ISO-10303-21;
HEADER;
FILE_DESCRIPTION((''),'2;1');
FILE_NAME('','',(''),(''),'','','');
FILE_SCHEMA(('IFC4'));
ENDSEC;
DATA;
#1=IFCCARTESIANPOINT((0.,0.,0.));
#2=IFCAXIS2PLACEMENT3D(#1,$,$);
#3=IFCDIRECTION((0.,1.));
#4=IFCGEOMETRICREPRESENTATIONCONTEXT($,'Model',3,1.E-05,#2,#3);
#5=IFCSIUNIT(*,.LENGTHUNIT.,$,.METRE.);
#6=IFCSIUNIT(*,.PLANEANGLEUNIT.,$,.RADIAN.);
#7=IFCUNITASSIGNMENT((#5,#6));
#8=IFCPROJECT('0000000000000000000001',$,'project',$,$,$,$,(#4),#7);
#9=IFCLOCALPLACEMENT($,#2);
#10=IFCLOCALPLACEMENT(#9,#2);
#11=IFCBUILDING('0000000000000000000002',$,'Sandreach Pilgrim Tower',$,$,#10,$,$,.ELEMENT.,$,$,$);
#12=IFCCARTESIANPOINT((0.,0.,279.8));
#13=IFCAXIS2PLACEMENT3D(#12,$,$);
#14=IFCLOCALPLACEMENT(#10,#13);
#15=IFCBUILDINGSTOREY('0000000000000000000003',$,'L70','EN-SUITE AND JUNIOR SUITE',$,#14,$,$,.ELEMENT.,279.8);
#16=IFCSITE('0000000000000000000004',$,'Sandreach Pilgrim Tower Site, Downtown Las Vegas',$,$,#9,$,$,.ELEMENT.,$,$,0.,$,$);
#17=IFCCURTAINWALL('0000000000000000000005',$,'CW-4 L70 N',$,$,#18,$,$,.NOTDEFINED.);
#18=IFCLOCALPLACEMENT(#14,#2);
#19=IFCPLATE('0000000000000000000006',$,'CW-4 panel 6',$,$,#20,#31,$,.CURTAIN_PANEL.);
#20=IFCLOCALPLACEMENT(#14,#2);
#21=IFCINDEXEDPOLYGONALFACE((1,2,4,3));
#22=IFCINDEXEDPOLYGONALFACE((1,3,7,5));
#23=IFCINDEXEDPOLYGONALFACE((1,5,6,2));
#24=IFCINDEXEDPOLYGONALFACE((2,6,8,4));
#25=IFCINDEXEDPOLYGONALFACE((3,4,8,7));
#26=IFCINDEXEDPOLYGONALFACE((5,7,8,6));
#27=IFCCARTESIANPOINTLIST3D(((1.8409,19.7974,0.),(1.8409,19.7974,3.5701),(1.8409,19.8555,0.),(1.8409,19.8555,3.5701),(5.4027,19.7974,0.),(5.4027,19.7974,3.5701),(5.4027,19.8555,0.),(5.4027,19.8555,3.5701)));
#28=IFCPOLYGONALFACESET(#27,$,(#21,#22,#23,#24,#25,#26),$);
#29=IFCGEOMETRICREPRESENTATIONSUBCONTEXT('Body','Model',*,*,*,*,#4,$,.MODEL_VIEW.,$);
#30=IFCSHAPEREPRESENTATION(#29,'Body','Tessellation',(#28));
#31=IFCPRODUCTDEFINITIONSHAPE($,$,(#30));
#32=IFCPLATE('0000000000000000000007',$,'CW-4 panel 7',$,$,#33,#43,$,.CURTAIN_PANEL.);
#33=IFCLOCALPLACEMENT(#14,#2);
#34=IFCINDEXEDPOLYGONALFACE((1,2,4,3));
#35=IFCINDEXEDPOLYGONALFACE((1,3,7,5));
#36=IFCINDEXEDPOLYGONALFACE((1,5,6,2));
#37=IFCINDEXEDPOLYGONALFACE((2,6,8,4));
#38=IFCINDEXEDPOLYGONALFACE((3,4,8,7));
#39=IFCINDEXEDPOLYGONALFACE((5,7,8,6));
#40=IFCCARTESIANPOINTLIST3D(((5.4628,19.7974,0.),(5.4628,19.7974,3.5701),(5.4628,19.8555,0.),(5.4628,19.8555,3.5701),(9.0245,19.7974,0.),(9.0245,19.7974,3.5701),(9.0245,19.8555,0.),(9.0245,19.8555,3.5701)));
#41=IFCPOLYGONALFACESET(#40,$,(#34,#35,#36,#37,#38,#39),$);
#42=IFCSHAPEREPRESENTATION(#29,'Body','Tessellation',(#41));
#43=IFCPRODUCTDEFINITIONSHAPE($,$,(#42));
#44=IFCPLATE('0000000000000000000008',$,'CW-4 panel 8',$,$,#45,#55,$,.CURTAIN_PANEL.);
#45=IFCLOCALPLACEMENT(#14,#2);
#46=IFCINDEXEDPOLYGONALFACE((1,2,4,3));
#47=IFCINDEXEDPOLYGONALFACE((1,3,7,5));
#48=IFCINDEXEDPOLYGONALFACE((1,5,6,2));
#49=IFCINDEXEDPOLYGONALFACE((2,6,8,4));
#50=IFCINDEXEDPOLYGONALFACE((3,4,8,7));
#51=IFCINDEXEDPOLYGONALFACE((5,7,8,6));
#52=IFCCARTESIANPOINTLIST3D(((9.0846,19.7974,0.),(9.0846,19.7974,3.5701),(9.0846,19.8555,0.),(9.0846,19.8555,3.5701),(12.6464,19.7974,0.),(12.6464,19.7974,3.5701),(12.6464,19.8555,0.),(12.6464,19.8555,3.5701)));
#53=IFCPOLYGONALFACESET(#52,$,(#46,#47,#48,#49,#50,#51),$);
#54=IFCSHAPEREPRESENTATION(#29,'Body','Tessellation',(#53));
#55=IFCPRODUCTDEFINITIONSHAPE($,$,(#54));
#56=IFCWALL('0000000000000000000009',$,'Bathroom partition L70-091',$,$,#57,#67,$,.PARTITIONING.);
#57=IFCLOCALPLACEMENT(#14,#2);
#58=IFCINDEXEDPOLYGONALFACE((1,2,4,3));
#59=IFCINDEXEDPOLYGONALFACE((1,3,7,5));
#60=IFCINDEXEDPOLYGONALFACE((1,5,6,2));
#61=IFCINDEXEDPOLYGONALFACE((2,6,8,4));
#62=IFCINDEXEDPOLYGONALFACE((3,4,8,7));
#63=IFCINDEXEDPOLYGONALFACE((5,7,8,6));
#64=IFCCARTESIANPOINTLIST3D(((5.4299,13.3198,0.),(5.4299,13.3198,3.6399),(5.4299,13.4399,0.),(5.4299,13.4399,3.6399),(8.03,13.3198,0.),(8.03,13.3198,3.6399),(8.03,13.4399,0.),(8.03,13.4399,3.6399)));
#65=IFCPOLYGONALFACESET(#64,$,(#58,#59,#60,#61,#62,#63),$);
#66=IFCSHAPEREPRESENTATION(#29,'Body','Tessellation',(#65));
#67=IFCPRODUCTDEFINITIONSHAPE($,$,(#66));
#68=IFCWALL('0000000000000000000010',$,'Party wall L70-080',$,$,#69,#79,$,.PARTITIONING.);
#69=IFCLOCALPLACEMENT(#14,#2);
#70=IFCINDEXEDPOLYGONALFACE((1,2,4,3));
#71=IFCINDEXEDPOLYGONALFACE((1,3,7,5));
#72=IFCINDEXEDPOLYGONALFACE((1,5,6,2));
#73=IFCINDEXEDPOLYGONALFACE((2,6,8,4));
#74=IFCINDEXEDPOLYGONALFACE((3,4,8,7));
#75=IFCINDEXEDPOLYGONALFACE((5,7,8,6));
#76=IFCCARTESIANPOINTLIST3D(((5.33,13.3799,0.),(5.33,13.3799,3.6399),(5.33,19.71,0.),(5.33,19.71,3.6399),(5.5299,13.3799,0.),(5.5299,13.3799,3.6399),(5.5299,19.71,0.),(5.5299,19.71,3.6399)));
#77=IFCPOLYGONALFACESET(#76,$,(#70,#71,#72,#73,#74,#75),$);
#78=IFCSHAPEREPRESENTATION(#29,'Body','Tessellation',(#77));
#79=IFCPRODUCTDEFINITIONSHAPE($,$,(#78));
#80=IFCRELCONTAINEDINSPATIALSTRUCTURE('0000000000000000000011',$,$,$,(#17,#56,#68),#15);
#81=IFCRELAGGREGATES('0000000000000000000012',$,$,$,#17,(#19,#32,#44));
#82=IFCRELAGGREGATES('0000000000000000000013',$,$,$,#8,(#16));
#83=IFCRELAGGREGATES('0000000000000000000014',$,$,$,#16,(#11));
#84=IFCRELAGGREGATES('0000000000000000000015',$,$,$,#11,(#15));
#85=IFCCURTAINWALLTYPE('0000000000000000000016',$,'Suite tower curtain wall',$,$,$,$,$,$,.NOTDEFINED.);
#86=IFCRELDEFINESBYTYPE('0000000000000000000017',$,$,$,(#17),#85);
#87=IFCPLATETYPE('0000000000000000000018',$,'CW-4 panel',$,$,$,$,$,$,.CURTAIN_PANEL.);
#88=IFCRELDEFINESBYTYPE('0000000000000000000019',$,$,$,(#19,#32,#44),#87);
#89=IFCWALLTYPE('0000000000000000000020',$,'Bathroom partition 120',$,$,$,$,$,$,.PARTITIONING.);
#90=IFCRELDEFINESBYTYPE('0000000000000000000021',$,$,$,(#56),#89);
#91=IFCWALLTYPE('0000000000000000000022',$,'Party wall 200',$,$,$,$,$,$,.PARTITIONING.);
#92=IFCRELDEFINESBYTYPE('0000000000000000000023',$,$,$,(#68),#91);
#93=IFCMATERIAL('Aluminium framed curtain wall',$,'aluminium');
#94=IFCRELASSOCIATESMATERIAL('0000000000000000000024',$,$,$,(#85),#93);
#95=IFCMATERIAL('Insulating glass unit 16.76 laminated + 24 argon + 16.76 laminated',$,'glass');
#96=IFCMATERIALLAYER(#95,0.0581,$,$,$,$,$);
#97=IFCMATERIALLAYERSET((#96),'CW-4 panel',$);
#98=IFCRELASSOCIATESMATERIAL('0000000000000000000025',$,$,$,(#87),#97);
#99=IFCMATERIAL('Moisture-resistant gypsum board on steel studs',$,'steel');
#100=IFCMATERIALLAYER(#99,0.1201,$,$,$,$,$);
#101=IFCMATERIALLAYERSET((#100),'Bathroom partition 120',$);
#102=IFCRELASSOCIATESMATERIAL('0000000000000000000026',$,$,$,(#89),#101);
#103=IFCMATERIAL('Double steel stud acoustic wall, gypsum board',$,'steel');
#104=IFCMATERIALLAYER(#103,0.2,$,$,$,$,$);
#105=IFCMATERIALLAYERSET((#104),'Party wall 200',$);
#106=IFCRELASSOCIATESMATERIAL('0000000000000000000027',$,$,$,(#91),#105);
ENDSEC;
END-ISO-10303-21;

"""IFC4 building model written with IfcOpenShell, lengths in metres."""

from ifc_helpers import new_model, si_unit, direction, frame, frame_2d, origin, origin_2d, place, context, subcontext, project, spatial, rectangle, extrude, material, layer, layer_set, type_object, element, aggregate, save


model = new_model("IFC4")

# Units and contexts
model_context = context("Model", 3, precision=1e-05, world=origin(), true_north=direction((0.0, 1.0)))
body_context = subcontext(model_context, "Body", "Model", "MODEL_VIEW")
ifc_project = project(units=[si_unit("LENGTHUNIT", "METRE"), si_unit("PLANEANGLEUNIT", "RADIAN")], contexts=[model_context])

# Site, building, storey
site_placement = place(None, origin())
site = spatial("IfcSite", under=ifc_project, at=site_placement, Name="Sandreach Pilgrim Tower Site, Downtown Las Vegas", CompositionType="ELEMENT", RefElevation=0.0)
building_placement = place(site_placement, origin())
building = spatial("IfcBuilding", under=site, at=building_placement, Name="Sandreach Pilgrim Tower", CompositionType="ELEMENT")
storey_placement = place(building_placement, frame((0.0, 0.0, 279.8)))
storey = spatial("IfcBuildingStorey", under=building, at=storey_placement, Name="L70", Description="EN-SUITE AND JUNIOR SUITE", CompositionType="ELEMENT", Elevation=279.8)

# Curtain wall
ifc_material_1 = material(Name="Aluminium framed curtain wall", Category="aluminium")
curtain_wall_type = type_object("IfcCurtainWallType", Name="Suite tower curtain wall", PredefinedType="NOTDEFINED", material=ifc_material_1)
curtain_wall_placement = place(storey_placement, origin())
curtain_wall = element("IfcCurtainWall", 1, at=curtain_wall_placement, inside=storey, type_object=curtain_wall_type, Name="CW-4 L70 N", PredefinedType="NOTDEFINED")

# Plates
ifc_material_2 = material(Name="Insulating glass unit 16.76 laminated + 24 argon + 16.76 laminated", Category="glass")
ifc_layer_1 = layer(ifc_material_2, 0.0581)
ifc_layer_set_1 = layer_set([ifc_layer_1], Name="CW-4 panel")
plate_type = type_object("IfcPlateType", Name="CW-4 panel", PredefinedType="CURTAIN_PANEL", material=ifc_layer_set_1)
plate_1_placement = place(storey_placement, frame((3.6218, 19.8264, 0.0), z_axis=(0.0, 0.0, 1.0), x_axis=(1.0, 0.0, 0.0)))
plate_1 = element("IfcPlate", 2, at=plate_1_placement, type_object=plate_type, Name="CW-4 panel 6", PredefinedType="CURTAIN_PANEL", context=body_context, shape_type="SweptSolid", body=[
    extrude(rectangle(XDim=3.5618, YDim=0.0581, at=origin_2d()), origin(), (0.0, 0.0, 1.0), 3.5701),
])
plate_2_placement = place(storey_placement, frame((7.2437, 19.8264, 0.0), z_axis=(0.0, 0.0, 1.0), x_axis=(1.0, 0.0, 0.0)))
plate_2 = element("IfcPlate", 3, at=plate_2_placement, type_object=plate_type, Name="CW-4 panel 7", PredefinedType="CURTAIN_PANEL", context=body_context, shape_type="SweptSolid", body=[
    extrude(rectangle(XDim=3.5618, YDim=0.0581, at=origin_2d()), origin(), (0.0, 0.0, 1.0), 3.5701),
])
plate_3_placement = place(storey_placement, frame((10.8655, 19.8264, 0.0), z_axis=(0.0, 0.0, 1.0), x_axis=(1.0, 0.0, 0.0)))
plate_3 = element("IfcPlate", 4, at=plate_3_placement, type_object=plate_type, Name="CW-4 panel 8", PredefinedType="CURTAIN_PANEL", context=body_context, shape_type="SweptSolid", body=[
    extrude(rectangle(XDim=3.5618, YDim=0.0581, at=origin_2d()), origin(), (0.0, 0.0, 1.0), 3.5701),
])
aggregate(curtain_wall, [plate_1, plate_2, plate_3])

# Walls
ifc_material_3 = material(Name="Moisture-resistant gypsum board on steel studs", Category="steel")
ifc_layer_2 = layer(ifc_material_3, 0.1201)
ifc_layer_set_2 = layer_set([ifc_layer_2], Name="Bathroom partition 120")
wall_type_1 = type_object("IfcWallType", Name="Bathroom partition 120", PredefinedType="PARTITIONING", material=ifc_layer_set_2)
wall_1_placement = place(storey_placement, frame((8.03, 13.3799, 0.0), z_axis=(0.0, 0.0, 1.0), x_axis=(-1.0, 0.0, 0.0)))
element("IfcWall", 5, at=wall_1_placement, inside=storey, type_object=wall_type_1, Name="Bathroom partition L70-091", PredefinedType="PARTITIONING", context=body_context, shape_type="SweptSolid", body=[
    extrude(rectangle(XDim=2.6001, YDim=0.1201, at=frame_2d((1.3, 0.0))), origin(), (0.0, 0.0, 1.0), 3.6399),
])
ifc_material_4 = material(Name="Double steel stud acoustic wall, gypsum board", Category="steel")
ifc_layer_3 = layer(ifc_material_4, 0.2)
ifc_layer_set_3 = layer_set([ifc_layer_3], Name="Party wall 200")
wall_type_2 = type_object("IfcWallType", Name="Party wall 200", PredefinedType="PARTITIONING", material=ifc_layer_set_3)
wall_2_placement = place(storey_placement, frame((5.4299, 19.71, 0.0), z_axis=(0.0, 0.0, 1.0), x_axis=(0.0, -1.0, 0.0)))
element("IfcWall", 6, at=wall_2_placement, inside=storey, type_object=wall_type_2, Name="Party wall L70-080", PredefinedType="PARTITIONING", context=body_context, shape_type="SweptSolid", body=[
    extrude(rectangle(XDim=6.3301, YDim=0.2, at=frame_2d((3.165, 0.0))), origin(), (0.0, 0.0, 1.0), 3.6399),
])

save(model, "model.ifc")
